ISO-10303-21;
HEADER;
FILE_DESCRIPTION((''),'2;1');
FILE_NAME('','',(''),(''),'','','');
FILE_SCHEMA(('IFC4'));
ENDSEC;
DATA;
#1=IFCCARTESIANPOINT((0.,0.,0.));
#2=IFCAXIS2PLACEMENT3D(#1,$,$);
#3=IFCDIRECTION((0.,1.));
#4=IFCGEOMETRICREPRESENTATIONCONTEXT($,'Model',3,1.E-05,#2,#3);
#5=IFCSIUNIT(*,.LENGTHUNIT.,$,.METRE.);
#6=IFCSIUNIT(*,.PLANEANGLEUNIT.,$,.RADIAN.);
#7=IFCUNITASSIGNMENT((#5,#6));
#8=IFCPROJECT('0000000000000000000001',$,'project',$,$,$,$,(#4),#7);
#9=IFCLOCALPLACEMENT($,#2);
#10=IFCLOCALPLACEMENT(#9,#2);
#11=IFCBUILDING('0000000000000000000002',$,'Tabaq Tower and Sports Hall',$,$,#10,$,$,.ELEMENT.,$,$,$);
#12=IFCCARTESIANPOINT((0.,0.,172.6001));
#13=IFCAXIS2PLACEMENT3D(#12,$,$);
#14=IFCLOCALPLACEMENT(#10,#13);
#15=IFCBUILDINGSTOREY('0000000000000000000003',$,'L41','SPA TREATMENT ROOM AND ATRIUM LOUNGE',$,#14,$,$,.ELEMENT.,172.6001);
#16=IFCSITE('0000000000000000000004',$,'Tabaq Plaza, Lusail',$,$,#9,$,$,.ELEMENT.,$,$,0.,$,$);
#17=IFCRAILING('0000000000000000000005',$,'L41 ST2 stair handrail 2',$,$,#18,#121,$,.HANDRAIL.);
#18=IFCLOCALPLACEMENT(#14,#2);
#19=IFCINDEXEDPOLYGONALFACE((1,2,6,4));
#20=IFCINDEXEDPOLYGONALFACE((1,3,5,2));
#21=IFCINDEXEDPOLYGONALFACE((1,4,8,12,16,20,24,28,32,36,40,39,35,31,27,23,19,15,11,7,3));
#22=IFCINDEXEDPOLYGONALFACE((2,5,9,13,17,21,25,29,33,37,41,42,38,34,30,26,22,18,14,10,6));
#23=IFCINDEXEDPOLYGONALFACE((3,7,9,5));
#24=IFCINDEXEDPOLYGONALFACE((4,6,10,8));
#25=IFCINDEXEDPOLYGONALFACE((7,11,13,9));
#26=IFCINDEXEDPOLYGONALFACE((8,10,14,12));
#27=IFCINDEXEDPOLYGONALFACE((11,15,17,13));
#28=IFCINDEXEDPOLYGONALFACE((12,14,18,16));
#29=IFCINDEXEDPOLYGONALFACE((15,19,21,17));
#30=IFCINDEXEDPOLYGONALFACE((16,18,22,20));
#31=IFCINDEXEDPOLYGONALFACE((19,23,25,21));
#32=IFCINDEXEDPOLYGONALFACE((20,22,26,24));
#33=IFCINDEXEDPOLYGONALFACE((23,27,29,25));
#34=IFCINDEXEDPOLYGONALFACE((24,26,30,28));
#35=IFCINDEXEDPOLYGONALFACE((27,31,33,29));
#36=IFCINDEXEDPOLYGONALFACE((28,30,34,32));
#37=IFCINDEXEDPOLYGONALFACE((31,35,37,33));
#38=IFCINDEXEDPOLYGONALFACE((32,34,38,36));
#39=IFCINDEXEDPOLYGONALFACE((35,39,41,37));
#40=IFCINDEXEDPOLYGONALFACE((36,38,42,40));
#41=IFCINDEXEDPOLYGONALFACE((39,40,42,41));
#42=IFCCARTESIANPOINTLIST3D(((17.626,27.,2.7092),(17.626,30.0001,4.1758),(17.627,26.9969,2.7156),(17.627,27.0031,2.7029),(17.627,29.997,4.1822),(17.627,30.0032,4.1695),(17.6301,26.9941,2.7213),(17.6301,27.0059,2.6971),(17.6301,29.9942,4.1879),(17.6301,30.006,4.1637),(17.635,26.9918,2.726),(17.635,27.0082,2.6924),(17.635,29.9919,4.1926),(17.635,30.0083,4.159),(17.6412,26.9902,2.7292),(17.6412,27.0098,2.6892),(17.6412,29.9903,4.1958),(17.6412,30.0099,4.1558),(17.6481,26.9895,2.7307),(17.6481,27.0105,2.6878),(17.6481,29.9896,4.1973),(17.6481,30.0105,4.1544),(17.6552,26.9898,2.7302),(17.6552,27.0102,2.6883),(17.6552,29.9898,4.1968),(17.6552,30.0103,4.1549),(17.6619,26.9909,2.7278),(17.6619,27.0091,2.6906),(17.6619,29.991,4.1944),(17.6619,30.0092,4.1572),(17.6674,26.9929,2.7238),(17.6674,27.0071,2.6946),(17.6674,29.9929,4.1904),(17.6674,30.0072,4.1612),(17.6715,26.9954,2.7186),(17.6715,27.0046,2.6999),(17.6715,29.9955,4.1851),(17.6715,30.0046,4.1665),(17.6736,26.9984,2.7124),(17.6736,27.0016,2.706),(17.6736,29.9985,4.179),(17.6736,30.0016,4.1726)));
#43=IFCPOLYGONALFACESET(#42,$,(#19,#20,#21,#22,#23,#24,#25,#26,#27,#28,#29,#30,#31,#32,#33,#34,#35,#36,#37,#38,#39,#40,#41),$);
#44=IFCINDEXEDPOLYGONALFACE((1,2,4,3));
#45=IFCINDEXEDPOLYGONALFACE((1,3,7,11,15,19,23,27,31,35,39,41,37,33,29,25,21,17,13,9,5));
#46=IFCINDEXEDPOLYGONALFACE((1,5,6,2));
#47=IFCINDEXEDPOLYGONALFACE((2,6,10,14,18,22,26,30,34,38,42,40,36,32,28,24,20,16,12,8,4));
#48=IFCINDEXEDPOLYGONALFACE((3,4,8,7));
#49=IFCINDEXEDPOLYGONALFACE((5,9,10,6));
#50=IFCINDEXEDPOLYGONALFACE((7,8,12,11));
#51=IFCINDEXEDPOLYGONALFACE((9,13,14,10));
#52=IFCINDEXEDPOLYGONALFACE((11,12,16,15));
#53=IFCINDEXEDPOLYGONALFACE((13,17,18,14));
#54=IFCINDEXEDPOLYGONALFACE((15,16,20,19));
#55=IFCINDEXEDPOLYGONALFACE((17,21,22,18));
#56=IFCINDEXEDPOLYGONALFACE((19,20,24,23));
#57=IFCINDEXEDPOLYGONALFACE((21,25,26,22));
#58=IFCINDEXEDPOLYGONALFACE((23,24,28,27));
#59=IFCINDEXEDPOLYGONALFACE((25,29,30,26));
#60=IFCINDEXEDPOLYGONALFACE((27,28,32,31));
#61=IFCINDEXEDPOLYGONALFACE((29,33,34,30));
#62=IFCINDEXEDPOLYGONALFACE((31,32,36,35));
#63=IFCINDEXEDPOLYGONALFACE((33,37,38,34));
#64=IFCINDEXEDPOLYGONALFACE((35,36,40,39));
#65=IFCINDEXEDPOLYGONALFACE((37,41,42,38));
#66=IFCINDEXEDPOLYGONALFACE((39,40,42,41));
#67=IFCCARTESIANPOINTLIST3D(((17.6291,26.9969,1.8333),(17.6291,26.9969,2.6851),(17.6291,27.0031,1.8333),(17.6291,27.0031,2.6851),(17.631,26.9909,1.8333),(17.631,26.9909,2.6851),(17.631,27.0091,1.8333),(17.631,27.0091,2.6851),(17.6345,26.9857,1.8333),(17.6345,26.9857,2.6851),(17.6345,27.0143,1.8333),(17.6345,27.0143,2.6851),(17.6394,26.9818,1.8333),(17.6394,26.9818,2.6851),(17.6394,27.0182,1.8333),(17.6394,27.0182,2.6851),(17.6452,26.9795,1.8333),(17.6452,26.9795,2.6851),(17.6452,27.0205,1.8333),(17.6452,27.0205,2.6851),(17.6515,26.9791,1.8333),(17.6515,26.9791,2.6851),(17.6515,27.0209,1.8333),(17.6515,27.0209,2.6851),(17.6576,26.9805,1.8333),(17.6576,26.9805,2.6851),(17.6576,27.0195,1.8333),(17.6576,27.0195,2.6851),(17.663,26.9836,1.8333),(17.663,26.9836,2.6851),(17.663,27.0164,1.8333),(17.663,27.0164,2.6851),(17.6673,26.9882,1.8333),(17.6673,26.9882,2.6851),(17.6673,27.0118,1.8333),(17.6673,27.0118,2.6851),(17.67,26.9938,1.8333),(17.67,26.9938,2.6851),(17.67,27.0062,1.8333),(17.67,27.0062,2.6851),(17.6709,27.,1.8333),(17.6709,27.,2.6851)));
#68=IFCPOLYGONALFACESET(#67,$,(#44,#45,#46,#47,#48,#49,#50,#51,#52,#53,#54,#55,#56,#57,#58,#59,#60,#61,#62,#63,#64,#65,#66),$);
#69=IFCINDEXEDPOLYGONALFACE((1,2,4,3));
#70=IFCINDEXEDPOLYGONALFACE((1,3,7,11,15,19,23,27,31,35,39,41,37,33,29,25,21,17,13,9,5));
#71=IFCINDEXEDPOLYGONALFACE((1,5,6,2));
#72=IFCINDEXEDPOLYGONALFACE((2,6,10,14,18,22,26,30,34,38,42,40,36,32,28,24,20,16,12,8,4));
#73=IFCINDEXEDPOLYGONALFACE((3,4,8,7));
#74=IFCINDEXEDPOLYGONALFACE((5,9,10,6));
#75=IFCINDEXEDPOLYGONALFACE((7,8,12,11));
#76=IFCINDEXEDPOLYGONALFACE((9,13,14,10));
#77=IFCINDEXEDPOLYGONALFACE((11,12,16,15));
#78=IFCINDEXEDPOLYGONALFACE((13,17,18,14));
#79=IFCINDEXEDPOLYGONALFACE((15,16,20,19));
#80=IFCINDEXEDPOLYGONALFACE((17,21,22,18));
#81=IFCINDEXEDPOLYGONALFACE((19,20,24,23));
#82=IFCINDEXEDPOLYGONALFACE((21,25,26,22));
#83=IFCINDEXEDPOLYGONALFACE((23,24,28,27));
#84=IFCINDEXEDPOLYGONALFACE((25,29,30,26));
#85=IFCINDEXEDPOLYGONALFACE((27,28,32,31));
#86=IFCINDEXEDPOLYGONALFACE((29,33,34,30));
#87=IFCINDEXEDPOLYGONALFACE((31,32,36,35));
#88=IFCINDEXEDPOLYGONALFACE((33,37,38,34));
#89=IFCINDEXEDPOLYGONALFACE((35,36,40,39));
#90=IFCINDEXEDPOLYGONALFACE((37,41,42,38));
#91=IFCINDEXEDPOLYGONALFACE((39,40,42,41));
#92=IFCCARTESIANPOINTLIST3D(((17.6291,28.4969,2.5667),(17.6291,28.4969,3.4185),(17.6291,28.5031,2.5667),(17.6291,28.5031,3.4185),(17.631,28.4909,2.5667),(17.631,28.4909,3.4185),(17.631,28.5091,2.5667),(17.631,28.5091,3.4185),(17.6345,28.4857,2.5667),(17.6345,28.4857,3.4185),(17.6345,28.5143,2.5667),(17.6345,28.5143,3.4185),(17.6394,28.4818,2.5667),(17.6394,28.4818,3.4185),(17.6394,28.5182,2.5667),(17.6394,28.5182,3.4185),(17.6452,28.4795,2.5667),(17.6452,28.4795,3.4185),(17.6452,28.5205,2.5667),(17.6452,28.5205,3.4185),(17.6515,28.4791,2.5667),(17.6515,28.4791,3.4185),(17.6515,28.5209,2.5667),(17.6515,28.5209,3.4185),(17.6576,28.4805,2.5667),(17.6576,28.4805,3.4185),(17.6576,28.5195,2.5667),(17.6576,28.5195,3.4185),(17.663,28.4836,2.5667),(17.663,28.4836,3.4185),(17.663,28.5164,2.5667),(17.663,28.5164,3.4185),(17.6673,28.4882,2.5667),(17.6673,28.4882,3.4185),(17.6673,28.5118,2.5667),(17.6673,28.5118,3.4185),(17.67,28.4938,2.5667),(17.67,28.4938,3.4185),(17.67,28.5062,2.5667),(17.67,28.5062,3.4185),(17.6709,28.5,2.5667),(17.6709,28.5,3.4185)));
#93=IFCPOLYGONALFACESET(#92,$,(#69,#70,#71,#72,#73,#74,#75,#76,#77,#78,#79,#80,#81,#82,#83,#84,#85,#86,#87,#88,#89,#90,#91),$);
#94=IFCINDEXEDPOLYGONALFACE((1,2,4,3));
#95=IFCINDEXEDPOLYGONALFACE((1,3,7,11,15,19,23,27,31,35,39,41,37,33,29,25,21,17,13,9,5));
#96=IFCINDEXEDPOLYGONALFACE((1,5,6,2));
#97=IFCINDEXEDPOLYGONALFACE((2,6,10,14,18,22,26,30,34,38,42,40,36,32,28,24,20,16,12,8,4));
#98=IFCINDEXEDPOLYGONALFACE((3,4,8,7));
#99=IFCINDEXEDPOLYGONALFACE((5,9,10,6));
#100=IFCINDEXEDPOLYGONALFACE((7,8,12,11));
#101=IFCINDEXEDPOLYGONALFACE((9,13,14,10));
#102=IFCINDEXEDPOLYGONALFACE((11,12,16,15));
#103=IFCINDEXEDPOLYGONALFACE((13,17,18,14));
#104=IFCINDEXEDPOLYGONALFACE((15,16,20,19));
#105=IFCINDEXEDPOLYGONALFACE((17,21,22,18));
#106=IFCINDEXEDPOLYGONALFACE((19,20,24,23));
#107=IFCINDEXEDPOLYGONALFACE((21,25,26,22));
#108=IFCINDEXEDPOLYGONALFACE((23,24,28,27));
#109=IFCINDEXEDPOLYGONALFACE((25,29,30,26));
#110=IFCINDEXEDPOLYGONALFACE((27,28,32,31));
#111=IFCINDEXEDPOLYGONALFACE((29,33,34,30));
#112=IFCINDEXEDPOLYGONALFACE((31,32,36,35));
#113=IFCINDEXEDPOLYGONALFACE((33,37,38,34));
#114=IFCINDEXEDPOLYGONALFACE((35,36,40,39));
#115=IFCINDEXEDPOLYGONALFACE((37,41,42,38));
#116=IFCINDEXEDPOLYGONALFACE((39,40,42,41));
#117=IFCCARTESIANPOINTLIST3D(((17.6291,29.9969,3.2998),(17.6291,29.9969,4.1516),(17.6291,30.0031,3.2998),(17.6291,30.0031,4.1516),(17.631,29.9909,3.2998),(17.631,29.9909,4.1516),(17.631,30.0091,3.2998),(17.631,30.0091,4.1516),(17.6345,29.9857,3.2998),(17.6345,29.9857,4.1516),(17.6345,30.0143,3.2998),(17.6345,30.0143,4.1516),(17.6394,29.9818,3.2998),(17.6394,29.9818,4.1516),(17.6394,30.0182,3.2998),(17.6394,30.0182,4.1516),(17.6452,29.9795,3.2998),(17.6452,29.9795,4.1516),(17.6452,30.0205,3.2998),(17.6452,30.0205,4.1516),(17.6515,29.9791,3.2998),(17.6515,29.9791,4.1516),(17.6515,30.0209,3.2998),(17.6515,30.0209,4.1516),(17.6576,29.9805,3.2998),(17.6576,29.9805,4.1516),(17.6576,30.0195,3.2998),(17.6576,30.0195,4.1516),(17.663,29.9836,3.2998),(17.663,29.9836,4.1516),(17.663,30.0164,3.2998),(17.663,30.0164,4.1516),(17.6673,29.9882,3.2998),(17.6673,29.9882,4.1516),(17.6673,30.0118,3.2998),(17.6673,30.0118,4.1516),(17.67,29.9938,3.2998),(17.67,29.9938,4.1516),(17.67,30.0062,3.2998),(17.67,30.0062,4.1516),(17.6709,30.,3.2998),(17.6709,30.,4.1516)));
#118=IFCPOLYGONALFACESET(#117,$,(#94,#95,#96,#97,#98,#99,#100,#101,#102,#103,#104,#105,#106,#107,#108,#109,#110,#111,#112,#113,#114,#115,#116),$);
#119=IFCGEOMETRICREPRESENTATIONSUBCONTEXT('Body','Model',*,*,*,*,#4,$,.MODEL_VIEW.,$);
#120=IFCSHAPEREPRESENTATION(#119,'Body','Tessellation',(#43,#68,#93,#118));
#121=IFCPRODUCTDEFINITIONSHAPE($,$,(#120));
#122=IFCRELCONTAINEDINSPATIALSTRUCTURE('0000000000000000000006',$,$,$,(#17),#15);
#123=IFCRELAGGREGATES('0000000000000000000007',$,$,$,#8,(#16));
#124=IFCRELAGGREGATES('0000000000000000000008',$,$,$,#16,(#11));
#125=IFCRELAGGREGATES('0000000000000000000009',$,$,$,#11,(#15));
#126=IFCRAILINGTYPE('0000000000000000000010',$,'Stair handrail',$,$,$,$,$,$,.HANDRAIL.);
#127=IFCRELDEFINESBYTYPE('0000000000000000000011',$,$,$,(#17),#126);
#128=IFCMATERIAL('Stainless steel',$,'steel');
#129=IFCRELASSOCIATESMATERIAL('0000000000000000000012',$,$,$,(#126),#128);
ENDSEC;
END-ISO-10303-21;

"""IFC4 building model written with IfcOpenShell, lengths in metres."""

from ifc_helpers import new_model, si_unit, direction, frame, origin, origin_2d, place, context, subcontext, project, spatial, circle, extrude, material, type_object, element, save


model = new_model("IFC4")

# Units and contexts
model_context = context("Model", 3, precision=1e-05, world=origin(), true_north=direction((0.0, 1.0)))
body_context = subcontext(model_context, "Body", "Model", "MODEL_VIEW")
ifc_project = project(units=[si_unit("LENGTHUNIT", "METRE"), si_unit("PLANEANGLEUNIT", "RADIAN")], contexts=[model_context])

# Site, building, storey
site_placement = place(None, origin())
site = spatial("IfcSite", under=ifc_project, at=site_placement, Name="Tabaq Plaza, Lusail", CompositionType="ELEMENT", RefElevation=0.0)
building_placement = place(site_placement, origin())
building = spatial("IfcBuilding", under=site, at=building_placement, Name="Tabaq Tower and Sports Hall", CompositionType="ELEMENT")
storey_placement = place(building_placement, frame((0.0, 0.0, 172.6001)))
storey = spatial("IfcBuildingStorey", under=building, at=storey_placement, Name="L41", Description="SPA TREATMENT ROOM AND ATRIUM LOUNGE", CompositionType="ELEMENT", Elevation=172.6001)

# Railing
ifc_material_1 = material(Name="Stainless steel", Category="steel")
railing_type_1 = type_object("IfcRailingType", Name="Stair handrail", PredefinedType="HANDRAIL", material=ifc_material_1)
railing_1_placement = place(storey_placement, frame((17.6499, 27.0, 1.8333)))
element("IfcRailing", 1, at=railing_1_placement, inside=storey, type_object=railing_type_1, Name="L41 ST2 stair handrail 2", PredefinedType="HANDRAIL", context=body_context, shape_type="SweptSolid", body=[
    extrude(circle(Radius=0.0239, at=origin_2d()), frame((0.0, 0.0, 0.876), z_axis=(0.0, 0.898398, 0.439183), x_axis=(-1.0, 0.0, 0.0)), (0.0, 0.0, 1.0), 3.3394),
    extrude(circle(Radius=0.021, at=origin_2d()), origin(), (0.0, 0.0, 1.0), 0.8518),
    extrude(circle(Radius=0.021, at=origin_2d()), frame((0.0, 1.5, 0.7334)), (0.0, 0.0, 1.0), 0.8518),
    extrude(circle(Radius=0.021, at=origin_2d()), frame((0.0, 3.0, 1.4666)), (0.0, 0.0, 1.0), 0.8518),
])

save(model, "model.ifc")
